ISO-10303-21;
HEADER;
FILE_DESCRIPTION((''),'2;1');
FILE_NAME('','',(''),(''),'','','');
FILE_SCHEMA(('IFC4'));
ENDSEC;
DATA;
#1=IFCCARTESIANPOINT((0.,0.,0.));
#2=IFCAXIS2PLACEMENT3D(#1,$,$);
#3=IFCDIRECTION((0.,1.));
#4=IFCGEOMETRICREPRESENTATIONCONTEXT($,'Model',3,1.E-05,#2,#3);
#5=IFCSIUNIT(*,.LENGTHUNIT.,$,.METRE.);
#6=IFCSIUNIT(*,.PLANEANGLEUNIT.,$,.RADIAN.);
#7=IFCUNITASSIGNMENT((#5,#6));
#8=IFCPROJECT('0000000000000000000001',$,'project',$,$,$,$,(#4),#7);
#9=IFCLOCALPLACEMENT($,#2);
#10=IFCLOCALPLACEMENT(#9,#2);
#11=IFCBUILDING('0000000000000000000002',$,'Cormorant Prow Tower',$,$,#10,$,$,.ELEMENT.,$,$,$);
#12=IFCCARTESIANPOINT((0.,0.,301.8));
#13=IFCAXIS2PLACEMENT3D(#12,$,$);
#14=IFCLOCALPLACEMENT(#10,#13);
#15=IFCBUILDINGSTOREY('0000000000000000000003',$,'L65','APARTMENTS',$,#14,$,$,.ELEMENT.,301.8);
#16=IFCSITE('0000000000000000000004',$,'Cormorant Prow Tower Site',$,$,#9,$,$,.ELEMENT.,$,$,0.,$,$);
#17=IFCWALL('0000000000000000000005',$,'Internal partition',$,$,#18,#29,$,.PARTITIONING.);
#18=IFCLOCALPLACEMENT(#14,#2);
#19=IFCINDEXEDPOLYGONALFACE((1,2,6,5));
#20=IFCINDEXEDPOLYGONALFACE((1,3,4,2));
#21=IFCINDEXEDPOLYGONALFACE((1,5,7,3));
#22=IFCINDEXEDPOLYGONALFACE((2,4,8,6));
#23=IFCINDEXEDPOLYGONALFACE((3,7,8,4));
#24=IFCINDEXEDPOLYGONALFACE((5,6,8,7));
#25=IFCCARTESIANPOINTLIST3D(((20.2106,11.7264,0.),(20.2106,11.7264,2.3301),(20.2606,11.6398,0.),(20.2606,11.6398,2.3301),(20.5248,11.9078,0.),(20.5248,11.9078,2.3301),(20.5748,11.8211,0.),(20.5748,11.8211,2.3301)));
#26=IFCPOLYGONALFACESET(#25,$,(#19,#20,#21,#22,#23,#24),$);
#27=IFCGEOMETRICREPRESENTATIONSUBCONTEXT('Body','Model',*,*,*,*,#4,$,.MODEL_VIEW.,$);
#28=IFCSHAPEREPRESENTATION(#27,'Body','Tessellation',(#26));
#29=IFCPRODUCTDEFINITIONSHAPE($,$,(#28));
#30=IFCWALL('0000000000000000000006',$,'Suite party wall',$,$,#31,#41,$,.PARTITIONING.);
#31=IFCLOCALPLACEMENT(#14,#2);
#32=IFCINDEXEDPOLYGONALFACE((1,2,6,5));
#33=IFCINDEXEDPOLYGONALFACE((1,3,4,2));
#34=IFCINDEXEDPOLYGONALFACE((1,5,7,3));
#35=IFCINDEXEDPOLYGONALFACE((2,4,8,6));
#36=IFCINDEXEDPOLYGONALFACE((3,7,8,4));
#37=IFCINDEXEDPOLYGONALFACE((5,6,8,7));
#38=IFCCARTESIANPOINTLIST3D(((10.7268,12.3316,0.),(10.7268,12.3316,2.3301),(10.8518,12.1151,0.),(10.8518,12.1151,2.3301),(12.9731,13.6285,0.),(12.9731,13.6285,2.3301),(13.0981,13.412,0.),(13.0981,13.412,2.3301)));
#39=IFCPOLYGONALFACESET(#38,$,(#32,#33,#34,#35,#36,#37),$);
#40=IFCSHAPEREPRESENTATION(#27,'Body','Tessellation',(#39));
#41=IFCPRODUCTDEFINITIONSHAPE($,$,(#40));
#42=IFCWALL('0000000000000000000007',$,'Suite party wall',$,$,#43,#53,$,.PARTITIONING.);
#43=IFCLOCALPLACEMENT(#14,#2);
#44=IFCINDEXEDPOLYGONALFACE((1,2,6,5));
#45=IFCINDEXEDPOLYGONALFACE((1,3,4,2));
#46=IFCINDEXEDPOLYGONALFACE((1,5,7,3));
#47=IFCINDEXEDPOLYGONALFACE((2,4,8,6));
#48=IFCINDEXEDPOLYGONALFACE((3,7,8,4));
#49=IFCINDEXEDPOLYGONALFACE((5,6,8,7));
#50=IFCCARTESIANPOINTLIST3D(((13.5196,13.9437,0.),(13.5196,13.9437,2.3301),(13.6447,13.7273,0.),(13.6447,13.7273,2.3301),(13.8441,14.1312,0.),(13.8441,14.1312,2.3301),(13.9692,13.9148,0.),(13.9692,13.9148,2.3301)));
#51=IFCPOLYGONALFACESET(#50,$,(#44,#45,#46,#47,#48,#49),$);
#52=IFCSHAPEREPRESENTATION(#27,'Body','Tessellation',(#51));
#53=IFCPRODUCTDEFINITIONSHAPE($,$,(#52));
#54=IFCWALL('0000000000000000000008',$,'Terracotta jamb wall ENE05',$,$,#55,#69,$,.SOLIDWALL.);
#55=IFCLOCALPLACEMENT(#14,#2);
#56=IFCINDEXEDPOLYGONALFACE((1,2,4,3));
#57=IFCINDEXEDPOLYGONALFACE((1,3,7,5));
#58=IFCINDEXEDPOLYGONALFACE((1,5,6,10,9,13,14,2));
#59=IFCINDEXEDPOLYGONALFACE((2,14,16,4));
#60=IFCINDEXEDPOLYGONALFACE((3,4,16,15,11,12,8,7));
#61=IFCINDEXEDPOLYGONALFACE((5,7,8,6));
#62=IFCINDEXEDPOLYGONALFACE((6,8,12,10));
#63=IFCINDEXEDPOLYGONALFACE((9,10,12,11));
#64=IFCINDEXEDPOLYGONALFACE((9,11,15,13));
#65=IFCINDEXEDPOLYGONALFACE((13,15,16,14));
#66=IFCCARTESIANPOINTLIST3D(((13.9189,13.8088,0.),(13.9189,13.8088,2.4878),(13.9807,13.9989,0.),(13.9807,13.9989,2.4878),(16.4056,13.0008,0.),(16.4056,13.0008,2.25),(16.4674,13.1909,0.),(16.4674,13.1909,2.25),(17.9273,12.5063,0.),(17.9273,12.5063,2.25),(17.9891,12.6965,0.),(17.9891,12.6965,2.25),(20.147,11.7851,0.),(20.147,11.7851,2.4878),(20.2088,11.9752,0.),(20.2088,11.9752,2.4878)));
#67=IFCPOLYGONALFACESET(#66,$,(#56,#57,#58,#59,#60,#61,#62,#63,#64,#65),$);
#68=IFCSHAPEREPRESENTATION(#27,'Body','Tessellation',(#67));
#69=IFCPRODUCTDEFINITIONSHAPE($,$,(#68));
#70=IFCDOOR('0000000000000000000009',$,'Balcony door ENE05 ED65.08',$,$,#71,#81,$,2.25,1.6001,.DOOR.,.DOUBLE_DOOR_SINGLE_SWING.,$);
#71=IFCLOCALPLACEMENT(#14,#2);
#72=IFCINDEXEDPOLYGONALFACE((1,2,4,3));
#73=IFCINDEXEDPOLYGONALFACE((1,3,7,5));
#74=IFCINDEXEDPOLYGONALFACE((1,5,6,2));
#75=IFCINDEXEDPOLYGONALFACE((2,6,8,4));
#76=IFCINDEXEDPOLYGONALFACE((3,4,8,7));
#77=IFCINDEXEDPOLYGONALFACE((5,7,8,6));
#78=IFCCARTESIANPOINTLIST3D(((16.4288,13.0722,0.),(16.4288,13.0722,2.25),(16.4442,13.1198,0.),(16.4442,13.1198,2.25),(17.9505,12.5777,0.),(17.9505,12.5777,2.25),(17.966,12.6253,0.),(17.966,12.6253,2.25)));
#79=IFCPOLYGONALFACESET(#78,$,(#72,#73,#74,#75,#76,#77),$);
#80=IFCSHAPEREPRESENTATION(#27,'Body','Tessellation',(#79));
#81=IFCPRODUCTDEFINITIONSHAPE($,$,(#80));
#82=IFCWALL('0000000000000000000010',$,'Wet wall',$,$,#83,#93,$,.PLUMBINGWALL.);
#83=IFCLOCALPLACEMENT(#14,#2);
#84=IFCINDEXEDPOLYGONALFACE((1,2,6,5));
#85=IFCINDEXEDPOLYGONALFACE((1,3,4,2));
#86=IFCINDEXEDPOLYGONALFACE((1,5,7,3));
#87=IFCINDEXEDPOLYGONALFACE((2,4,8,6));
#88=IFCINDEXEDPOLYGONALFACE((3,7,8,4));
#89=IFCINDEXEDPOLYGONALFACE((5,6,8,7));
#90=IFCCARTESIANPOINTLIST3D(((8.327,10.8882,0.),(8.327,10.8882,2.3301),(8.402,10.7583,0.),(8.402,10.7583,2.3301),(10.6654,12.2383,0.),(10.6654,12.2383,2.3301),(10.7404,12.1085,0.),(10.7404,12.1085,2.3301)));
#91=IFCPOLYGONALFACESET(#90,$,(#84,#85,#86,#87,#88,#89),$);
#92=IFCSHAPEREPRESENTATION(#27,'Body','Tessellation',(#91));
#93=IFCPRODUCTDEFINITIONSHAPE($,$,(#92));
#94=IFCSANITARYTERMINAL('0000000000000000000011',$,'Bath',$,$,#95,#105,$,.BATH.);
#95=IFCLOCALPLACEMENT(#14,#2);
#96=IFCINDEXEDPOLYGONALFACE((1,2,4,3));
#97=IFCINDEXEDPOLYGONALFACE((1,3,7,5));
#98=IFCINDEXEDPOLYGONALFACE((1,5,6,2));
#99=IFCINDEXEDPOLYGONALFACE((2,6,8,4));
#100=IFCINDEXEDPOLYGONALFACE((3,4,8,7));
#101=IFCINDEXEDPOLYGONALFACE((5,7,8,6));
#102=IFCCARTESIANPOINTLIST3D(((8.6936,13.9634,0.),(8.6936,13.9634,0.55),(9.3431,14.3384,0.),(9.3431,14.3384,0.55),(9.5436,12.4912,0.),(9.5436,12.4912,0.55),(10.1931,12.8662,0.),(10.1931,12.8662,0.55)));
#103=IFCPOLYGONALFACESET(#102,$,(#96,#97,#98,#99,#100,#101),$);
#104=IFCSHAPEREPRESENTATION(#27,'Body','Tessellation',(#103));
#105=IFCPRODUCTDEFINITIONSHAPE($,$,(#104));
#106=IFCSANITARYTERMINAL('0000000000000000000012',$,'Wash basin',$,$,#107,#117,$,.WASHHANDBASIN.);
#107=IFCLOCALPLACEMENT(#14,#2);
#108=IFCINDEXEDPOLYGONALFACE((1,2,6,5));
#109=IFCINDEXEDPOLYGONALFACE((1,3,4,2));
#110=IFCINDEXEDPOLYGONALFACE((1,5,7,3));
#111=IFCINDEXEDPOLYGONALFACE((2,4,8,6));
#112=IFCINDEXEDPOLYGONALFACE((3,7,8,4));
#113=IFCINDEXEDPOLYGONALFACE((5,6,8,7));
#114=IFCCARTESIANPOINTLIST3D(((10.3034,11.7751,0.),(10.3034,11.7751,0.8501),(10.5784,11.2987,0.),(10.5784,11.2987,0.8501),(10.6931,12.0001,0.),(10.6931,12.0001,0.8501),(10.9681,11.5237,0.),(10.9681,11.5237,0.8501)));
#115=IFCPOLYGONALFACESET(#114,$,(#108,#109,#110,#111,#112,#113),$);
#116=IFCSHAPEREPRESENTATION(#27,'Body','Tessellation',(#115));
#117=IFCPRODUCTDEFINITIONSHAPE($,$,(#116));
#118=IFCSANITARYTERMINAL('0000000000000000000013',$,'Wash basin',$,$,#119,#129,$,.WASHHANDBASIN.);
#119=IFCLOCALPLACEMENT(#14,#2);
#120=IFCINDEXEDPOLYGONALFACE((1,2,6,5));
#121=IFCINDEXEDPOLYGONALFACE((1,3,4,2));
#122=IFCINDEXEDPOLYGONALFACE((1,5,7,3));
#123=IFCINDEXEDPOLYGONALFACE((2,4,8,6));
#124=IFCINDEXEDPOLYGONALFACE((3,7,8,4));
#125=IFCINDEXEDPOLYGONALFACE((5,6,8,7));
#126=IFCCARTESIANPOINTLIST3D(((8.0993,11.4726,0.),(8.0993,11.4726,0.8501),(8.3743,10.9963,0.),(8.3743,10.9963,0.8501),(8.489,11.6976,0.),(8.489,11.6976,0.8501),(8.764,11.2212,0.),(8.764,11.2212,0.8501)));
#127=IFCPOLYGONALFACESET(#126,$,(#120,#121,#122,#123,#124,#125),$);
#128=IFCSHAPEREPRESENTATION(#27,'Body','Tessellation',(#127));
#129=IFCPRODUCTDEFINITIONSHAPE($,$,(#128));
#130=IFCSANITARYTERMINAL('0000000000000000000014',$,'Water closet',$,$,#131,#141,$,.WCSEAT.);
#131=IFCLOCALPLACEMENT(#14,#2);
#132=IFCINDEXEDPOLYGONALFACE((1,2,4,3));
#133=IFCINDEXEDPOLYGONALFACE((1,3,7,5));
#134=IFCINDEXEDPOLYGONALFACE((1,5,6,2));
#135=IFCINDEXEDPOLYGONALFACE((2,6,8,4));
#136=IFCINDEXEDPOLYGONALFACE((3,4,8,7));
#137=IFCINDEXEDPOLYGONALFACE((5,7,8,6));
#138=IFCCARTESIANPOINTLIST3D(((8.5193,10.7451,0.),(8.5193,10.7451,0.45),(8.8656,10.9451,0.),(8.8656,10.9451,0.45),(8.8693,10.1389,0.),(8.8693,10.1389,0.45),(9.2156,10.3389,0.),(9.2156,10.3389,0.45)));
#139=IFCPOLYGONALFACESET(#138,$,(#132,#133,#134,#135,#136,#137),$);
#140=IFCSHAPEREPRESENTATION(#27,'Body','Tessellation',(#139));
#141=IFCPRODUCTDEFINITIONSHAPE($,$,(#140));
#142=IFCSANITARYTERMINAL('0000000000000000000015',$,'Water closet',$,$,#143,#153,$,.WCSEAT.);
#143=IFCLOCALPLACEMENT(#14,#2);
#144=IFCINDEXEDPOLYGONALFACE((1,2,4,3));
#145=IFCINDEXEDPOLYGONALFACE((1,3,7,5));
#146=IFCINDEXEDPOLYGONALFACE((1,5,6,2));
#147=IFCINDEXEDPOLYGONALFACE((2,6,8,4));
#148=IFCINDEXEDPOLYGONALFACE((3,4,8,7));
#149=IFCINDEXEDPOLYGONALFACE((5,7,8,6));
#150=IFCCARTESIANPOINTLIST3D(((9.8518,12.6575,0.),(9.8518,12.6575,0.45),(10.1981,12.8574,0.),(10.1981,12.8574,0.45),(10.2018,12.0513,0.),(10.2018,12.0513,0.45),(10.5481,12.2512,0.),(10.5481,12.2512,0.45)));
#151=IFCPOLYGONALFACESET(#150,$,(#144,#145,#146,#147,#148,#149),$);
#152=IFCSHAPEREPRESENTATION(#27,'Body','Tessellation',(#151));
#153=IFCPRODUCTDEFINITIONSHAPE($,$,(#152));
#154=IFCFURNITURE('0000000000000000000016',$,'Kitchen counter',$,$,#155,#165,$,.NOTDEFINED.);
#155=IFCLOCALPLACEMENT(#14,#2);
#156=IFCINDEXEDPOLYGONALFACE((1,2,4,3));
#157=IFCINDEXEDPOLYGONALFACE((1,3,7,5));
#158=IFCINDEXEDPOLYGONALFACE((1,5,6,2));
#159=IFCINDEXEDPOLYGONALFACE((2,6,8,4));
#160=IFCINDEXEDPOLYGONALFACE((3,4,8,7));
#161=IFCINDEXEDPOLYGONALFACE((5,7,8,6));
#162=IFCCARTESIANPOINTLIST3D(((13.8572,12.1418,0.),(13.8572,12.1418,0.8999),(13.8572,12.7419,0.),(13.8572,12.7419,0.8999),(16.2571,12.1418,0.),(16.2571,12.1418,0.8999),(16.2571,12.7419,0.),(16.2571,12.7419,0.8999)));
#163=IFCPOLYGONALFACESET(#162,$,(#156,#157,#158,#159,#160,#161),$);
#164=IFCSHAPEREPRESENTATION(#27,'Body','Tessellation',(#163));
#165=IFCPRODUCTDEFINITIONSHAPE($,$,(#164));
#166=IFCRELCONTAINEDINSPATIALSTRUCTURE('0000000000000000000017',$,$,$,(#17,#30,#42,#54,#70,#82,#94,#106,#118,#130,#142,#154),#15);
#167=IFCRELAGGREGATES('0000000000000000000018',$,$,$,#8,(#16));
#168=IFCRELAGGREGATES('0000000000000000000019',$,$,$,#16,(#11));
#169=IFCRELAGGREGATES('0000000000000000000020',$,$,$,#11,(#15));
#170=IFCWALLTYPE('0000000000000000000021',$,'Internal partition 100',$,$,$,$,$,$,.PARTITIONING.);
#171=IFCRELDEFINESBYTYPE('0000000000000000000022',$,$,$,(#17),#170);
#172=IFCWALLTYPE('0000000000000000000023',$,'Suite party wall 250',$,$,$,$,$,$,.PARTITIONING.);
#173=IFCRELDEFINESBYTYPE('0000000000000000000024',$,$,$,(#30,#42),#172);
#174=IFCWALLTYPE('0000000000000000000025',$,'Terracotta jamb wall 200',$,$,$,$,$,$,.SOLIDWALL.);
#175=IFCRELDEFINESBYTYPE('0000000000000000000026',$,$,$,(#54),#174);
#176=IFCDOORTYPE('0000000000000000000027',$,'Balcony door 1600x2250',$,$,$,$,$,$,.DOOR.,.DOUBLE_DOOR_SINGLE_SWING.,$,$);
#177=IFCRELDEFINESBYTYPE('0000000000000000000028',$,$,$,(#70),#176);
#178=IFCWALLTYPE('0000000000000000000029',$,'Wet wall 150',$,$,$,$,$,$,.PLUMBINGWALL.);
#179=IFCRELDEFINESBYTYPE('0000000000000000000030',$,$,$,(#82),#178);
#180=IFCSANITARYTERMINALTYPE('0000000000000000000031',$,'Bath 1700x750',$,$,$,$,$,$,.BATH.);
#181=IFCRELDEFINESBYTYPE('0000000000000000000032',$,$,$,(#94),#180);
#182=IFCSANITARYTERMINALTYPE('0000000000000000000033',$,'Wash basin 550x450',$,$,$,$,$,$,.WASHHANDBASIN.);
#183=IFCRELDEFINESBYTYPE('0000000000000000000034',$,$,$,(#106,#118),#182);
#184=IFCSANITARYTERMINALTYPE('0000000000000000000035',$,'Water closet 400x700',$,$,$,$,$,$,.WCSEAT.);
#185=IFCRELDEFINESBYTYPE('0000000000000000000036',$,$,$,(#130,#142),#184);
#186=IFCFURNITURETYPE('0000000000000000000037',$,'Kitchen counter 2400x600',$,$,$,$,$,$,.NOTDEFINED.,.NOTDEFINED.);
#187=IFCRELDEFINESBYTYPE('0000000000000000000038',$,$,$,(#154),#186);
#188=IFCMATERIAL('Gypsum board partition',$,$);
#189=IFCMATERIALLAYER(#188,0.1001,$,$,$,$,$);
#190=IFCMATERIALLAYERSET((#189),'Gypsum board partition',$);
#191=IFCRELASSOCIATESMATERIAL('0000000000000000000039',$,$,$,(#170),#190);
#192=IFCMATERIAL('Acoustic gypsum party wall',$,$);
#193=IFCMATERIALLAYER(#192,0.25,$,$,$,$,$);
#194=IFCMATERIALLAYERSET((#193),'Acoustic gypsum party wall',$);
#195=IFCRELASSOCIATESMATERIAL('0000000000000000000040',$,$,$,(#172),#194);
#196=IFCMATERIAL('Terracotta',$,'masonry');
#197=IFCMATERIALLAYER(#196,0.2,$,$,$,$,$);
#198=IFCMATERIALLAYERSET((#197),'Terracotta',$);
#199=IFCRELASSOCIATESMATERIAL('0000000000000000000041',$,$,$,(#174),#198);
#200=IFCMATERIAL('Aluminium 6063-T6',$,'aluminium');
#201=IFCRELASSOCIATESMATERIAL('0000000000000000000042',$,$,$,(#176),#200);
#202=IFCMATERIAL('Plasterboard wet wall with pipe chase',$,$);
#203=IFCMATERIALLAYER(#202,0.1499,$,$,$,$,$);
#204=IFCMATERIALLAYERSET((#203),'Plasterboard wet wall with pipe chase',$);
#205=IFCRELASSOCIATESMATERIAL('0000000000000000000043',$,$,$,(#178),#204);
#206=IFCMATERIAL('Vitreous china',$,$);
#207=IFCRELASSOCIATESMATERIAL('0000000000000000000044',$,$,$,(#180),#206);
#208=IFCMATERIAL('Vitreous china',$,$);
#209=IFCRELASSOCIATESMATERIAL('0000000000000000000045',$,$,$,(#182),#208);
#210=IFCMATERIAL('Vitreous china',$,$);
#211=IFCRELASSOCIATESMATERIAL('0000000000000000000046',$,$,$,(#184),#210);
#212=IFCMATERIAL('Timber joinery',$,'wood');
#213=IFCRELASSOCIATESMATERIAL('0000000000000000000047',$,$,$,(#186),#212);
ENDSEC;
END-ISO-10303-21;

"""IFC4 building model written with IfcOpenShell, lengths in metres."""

from ifc_helpers import new_model, si_unit, direction, frame, frame_2d, origin, origin_2d, place, context, subcontext, project, spatial, rectangle, extrude, material, layer, layer_set, type_object, element, fill, save


model = new_model("IFC4")

# Units and contexts
model_context = context("Model", 3, precision=1e-05, world=origin(), true_north=direction((0.0, 1.0)))
body_context = subcontext(model_context, "Body", "Model", "MODEL_VIEW")
ifc_project = project(units=[si_unit("LENGTHUNIT", "METRE"), si_unit("PLANEANGLEUNIT", "RADIAN")], contexts=[model_context])

# Site, building, storey
site_placement = place(None, origin())
site = spatial("IfcSite", under=ifc_project, at=site_placement, Name="Cormorant Prow Tower Site", CompositionType="ELEMENT", RefElevation=0.0)
building_placement = place(site_placement, origin())
building = spatial("IfcBuilding", under=site, at=building_placement, Name="Cormorant Prow Tower", CompositionType="ELEMENT")
storey_placement = place(building_placement, frame((0.0, 0.0, 301.8)))
storey = spatial("IfcBuildingStorey", under=building, at=storey_placement, Name="L65", Description="APARTMENTS", CompositionType="ELEMENT", Elevation=301.8)

# Shared definitions
ifc_material_1 = material(Name="Gypsum board partition")
ifc_layer_1 = layer(ifc_material_1, 0.1001)
ifc_layer_set_1 = layer_set([ifc_layer_1], Name="Gypsum board partition")
wall_type_1 = type_object("IfcWallType", Name="Internal partition 100", PredefinedType="PARTITIONING", material=ifc_layer_set_1)

# Walls
wall_1_placement = place(storey_placement, frame((20.2356, 11.6831, 0.0), z_axis=(0.0, 0.0, 1.0), x_axis=(0.86604, 0.499975, 0.0)))
element("IfcWall", 1, at=wall_1_placement, inside=storey, type_object=wall_type_1, Name="Internal partition", PredefinedType="PARTITIONING", context=body_context, shape_type="SweptSolid", body=[
    extrude(rectangle(XDim=0.3628, YDim=0.1001, at=frame_2d((0.1814, 0.0))), origin(), (0.0, 0.0, 1.0), 2.3301),
])
ifc_material_2 = material(Name="Acoustic gypsum party wall")
ifc_layer_2 = layer(ifc_material_2, 0.25)
ifc_layer_set_2 = layer_set([ifc_layer_2], Name="Acoustic gypsum party wall")
wall_type_2 = type_object("IfcWallType", Name="Suite party wall 250", PredefinedType="PARTITIONING", material=ifc_layer_set_2)
wall_2_placement = place(storey_placement, frame((10.7893, 12.2234, 0.0), z_axis=(0.0, 0.0, 1.0), x_axis=(0.866034, 0.499986, 0.0)))
element("IfcWall", 2, at=wall_2_placement, inside=storey, type_object=wall_type_2, Name="Suite party wall", PredefinedType="PARTITIONING", context=body_context, shape_type="SweptSolid", body=[
    extrude(rectangle(XDim=2.5938, YDim=0.25, at=frame_2d((1.2969, 0.0))), origin(), (0.0, 0.0, 1.0), 2.3301),
])
wall_3_placement = place(storey_placement, frame((13.582, 13.8354, 0.0), z_axis=(0.0, 0.0, 1.0), x_axis=(0.865827, 0.500343, 0.0)))
element("IfcWall", 3, at=wall_3_placement, inside=storey, type_object=wall_type_2, Name="Suite party wall", PredefinedType="PARTITIONING", context=body_context, shape_type="SweptSolid", body=[
    extrude(rectangle(XDim=0.3748, YDim=0.25, at=frame_2d((0.1875, 0.0))), origin(), (0.0, 0.0, 1.0), 2.3301),
])

# Wall, opening, door
ifc_material_3 = material(Name="Terracotta", Category="masonry")
ifc_layer_3 = layer(ifc_material_3, 0.2)
ifc_layer_set_3 = layer_set([ifc_layer_3], Name="Terracotta")
wall_type_3 = type_object("IfcWallType", Name="Terracotta jamb wall 200", PredefinedType="SOLIDWALL", material=ifc_layer_set_3)
wall_4_placement = place(storey_placement, frame((20.178, 11.8801, 0.0), z_axis=(0.0, 0.0, 1.0), x_axis=(-0.951053, 0.309027, 0.0)))
wall_4 = element("IfcWall", 4, at=wall_4_placement, inside=storey, type_object=wall_type_3, Name="Terracotta jamb wall ENE05", PredefinedType="SOLIDWALL", context=body_context, shape_type="SweptSolid", body=[
    extrude(rectangle(XDim=6.5486, YDim=0.2, at=frame_2d((3.2744, 0.0))), origin(), (0.0, 0.0, 1.0), 2.4878),
])
opening_1_placement = place(wall_4_placement, frame((2.334, 0.0, 0.0)))
opening_1 = element("IfcOpeningElement", 5, at=opening_1_placement, cuts=wall_4, PredefinedType="OPENING", context=body_context, shape_type="SweptSolid", body=[
    extrude(rectangle(XDim=1.6001, YDim=2.25, at=frame_2d((0.8, 1.125))), frame((0.0, 0.1099, 0.0), z_axis=(0.0, -1.0, 0.0), x_axis=(1.0, 0.0, 0.0)), (0.0, 0.0, 1.0), 0.22),
])
ifc_material_4 = material(Name="Aluminium 6063-T6", Category="aluminium")
door_type_1 = type_object("IfcDoorType", Name="Balcony door 1600x2250", OperationType="DOUBLE_DOOR_SINGLE_SWING", PredefinedType="DOOR", material=ifc_material_4)
door_1_placement = place(opening_1_placement, origin())
door_1 = element("IfcDoor", 6, at=door_1_placement, inside=storey, type_object=door_type_1, Name="Balcony door ENE05 ED65.08", OperationType="DOUBLE_DOOR_SINGLE_SWING", OverallHeight=2.25, OverallWidth=1.6001, PredefinedType="DOOR", context=body_context, shape_type="SweptSolid", body=[
    extrude(rectangle(XDim=1.6001, YDim=2.25, at=frame_2d((0.8, 1.125))), frame((0.0, 0.0249, 0.0), z_axis=(0.0, -1.0, 0.0), x_axis=(1.0, 0.0, 0.0)), (0.0, 0.0, 1.0), 0.05),
])
fill(opening_1, door_1)

# Wall
ifc_material_5 = material(Name="Plasterboard wet wall with pipe chase")
ifc_layer_4 = layer(ifc_material_5, 0.1499)
ifc_layer_set_4 = layer_set([ifc_layer_4], Name="Plasterboard wet wall with pipe chase")
wall_type_4 = type_object("IfcWallType", Name="Wet wall 150", PredefinedType="PLUMBINGWALL", material=ifc_layer_set_4)
wall_5_placement = place(storey_placement, frame((8.3645, 10.8232, 0.0), z_axis=(0.0, 0.0, 1.0), x_axis=(0.86602, 0.500009, 0.0)))
element("IfcWall", 7, at=wall_5_placement, inside=storey, type_object=wall_type_4, Name="Wet wall", PredefinedType="PLUMBINGWALL", context=body_context, shape_type="SweptSolid", body=[
    extrude(rectangle(XDim=2.7002, YDim=0.1499, at=frame_2d((1.3501, 0.0))), origin(), (0.0, 0.0, 1.0), 2.3301),
])

# Sanitary terminals
ifc_material_6 = material(Name="Vitreous china")
sanitary_terminal_type_1 = type_object("IfcSanitaryTerminalType", Name="Bath 1700x750", PredefinedType="BATH", material=ifc_material_6)
sanitary_terminal_placement = place(storey_placement, frame((9.4434, 13.4148, 0.0), z_axis=(0.0, 0.0, 1.0), x_axis=(0.5, -0.866025, 0.0)))
element("IfcSanitaryTerminal", 8, at=sanitary_terminal_placement, inside=storey, type_object=sanitary_terminal_type_1, Name="Bath", PredefinedType="BATH", context=body_context, shape_type="SweptSolid", body=[
    extrude(rectangle(XDim=1.7, YDim=0.75, at=origin_2d()), origin(), (0.0, 0.0, 1.0), 0.55),
])
ifc_material_7 = material(Name="Vitreous china")
sanitary_terminal_type_2 = type_object("IfcSanitaryTerminalType", Name="Wash basin 550x450", PredefinedType="WASHHANDBASIN", material=ifc_material_7)
for number, where, z_axis, x_axis, name in (
    (9, (10.6357, 11.6494, 0.0), (0.0, 0.0, 1.0), (0.5, -0.866025, 0.0), "Wash basin"),
    (10, (8.4316, 11.3469, 0.0), (0.0, 0.0, 1.0), (-0.5, 0.866025, 0.0), "Wash basin"),
):
    element("IfcSanitaryTerminal", number, at=place(storey_placement, frame(where, z_axis=z_axis, x_axis=x_axis)), inside=storey, type_object=sanitary_terminal_type_2, Name=name, PredefinedType="WASHHANDBASIN", context=body_context, shape_type="SweptSolid", body=[
        extrude(rectangle(XDim=0.55, YDim=0.45, at=origin_2d()), origin(), (0.0, 0.0, 1.0), 0.8501),
    ])
ifc_material_8 = material(Name="Vitreous china")
sanitary_terminal_type_3 = type_object("IfcSanitaryTerminalType", Name="Water closet 400x700", PredefinedType="WCSEAT", material=ifc_material_8)
for number, where, z_axis, x_axis, name in (
    (11, (8.8674, 10.542, 0.0), (0.0, 0.0, 1.0), (0.866025, 0.5, 0.0), "Water closet"),
    (12, (10.2, 12.4543, 0.0), (0.0, 0.0, 1.0), (-0.866025, -0.5, 0.0), "Water closet"),
):
    element("IfcSanitaryTerminal", number, at=place(storey_placement, frame(where, z_axis=z_axis, x_axis=x_axis)), inside=storey, type_object=sanitary_terminal_type_3, Name=name, PredefinedType="WCSEAT", context=body_context, shape_type="SweptSolid", body=[
        extrude(rectangle(XDim=0.3999, YDim=0.7, at=origin_2d()), origin(), (0.0, 0.0, 1.0), 0.45),
    ])

# Furniture
ifc_material_9 = material(Name="Timber joinery", Category="wood")
furniture_type = type_object("IfcFurnitureType", Name="Kitchen counter 2400x600", AssemblyPlace="NOTDEFINED", PredefinedType="NOTDEFINED", material=ifc_material_9)
furniture_placement = place(storey_placement, frame((15.0571, 12.4419, 0.0), z_axis=(0.0, 0.0, 1.0), x_axis=(1.0, 0.0, 0.0)))
element("IfcFurniture", 13, at=furniture_placement, inside=storey, type_object=furniture_type, Name="Kitchen counter", PredefinedType="NOTDEFINED", context=body_context, shape_type="SweptSolid", body=[
    extrude(rectangle(XDim=2.3999, YDim=0.6001, at=origin_2d()), origin(), (0.0, 0.0, 1.0), 0.8999),
])

save(model, "model.ifc")
